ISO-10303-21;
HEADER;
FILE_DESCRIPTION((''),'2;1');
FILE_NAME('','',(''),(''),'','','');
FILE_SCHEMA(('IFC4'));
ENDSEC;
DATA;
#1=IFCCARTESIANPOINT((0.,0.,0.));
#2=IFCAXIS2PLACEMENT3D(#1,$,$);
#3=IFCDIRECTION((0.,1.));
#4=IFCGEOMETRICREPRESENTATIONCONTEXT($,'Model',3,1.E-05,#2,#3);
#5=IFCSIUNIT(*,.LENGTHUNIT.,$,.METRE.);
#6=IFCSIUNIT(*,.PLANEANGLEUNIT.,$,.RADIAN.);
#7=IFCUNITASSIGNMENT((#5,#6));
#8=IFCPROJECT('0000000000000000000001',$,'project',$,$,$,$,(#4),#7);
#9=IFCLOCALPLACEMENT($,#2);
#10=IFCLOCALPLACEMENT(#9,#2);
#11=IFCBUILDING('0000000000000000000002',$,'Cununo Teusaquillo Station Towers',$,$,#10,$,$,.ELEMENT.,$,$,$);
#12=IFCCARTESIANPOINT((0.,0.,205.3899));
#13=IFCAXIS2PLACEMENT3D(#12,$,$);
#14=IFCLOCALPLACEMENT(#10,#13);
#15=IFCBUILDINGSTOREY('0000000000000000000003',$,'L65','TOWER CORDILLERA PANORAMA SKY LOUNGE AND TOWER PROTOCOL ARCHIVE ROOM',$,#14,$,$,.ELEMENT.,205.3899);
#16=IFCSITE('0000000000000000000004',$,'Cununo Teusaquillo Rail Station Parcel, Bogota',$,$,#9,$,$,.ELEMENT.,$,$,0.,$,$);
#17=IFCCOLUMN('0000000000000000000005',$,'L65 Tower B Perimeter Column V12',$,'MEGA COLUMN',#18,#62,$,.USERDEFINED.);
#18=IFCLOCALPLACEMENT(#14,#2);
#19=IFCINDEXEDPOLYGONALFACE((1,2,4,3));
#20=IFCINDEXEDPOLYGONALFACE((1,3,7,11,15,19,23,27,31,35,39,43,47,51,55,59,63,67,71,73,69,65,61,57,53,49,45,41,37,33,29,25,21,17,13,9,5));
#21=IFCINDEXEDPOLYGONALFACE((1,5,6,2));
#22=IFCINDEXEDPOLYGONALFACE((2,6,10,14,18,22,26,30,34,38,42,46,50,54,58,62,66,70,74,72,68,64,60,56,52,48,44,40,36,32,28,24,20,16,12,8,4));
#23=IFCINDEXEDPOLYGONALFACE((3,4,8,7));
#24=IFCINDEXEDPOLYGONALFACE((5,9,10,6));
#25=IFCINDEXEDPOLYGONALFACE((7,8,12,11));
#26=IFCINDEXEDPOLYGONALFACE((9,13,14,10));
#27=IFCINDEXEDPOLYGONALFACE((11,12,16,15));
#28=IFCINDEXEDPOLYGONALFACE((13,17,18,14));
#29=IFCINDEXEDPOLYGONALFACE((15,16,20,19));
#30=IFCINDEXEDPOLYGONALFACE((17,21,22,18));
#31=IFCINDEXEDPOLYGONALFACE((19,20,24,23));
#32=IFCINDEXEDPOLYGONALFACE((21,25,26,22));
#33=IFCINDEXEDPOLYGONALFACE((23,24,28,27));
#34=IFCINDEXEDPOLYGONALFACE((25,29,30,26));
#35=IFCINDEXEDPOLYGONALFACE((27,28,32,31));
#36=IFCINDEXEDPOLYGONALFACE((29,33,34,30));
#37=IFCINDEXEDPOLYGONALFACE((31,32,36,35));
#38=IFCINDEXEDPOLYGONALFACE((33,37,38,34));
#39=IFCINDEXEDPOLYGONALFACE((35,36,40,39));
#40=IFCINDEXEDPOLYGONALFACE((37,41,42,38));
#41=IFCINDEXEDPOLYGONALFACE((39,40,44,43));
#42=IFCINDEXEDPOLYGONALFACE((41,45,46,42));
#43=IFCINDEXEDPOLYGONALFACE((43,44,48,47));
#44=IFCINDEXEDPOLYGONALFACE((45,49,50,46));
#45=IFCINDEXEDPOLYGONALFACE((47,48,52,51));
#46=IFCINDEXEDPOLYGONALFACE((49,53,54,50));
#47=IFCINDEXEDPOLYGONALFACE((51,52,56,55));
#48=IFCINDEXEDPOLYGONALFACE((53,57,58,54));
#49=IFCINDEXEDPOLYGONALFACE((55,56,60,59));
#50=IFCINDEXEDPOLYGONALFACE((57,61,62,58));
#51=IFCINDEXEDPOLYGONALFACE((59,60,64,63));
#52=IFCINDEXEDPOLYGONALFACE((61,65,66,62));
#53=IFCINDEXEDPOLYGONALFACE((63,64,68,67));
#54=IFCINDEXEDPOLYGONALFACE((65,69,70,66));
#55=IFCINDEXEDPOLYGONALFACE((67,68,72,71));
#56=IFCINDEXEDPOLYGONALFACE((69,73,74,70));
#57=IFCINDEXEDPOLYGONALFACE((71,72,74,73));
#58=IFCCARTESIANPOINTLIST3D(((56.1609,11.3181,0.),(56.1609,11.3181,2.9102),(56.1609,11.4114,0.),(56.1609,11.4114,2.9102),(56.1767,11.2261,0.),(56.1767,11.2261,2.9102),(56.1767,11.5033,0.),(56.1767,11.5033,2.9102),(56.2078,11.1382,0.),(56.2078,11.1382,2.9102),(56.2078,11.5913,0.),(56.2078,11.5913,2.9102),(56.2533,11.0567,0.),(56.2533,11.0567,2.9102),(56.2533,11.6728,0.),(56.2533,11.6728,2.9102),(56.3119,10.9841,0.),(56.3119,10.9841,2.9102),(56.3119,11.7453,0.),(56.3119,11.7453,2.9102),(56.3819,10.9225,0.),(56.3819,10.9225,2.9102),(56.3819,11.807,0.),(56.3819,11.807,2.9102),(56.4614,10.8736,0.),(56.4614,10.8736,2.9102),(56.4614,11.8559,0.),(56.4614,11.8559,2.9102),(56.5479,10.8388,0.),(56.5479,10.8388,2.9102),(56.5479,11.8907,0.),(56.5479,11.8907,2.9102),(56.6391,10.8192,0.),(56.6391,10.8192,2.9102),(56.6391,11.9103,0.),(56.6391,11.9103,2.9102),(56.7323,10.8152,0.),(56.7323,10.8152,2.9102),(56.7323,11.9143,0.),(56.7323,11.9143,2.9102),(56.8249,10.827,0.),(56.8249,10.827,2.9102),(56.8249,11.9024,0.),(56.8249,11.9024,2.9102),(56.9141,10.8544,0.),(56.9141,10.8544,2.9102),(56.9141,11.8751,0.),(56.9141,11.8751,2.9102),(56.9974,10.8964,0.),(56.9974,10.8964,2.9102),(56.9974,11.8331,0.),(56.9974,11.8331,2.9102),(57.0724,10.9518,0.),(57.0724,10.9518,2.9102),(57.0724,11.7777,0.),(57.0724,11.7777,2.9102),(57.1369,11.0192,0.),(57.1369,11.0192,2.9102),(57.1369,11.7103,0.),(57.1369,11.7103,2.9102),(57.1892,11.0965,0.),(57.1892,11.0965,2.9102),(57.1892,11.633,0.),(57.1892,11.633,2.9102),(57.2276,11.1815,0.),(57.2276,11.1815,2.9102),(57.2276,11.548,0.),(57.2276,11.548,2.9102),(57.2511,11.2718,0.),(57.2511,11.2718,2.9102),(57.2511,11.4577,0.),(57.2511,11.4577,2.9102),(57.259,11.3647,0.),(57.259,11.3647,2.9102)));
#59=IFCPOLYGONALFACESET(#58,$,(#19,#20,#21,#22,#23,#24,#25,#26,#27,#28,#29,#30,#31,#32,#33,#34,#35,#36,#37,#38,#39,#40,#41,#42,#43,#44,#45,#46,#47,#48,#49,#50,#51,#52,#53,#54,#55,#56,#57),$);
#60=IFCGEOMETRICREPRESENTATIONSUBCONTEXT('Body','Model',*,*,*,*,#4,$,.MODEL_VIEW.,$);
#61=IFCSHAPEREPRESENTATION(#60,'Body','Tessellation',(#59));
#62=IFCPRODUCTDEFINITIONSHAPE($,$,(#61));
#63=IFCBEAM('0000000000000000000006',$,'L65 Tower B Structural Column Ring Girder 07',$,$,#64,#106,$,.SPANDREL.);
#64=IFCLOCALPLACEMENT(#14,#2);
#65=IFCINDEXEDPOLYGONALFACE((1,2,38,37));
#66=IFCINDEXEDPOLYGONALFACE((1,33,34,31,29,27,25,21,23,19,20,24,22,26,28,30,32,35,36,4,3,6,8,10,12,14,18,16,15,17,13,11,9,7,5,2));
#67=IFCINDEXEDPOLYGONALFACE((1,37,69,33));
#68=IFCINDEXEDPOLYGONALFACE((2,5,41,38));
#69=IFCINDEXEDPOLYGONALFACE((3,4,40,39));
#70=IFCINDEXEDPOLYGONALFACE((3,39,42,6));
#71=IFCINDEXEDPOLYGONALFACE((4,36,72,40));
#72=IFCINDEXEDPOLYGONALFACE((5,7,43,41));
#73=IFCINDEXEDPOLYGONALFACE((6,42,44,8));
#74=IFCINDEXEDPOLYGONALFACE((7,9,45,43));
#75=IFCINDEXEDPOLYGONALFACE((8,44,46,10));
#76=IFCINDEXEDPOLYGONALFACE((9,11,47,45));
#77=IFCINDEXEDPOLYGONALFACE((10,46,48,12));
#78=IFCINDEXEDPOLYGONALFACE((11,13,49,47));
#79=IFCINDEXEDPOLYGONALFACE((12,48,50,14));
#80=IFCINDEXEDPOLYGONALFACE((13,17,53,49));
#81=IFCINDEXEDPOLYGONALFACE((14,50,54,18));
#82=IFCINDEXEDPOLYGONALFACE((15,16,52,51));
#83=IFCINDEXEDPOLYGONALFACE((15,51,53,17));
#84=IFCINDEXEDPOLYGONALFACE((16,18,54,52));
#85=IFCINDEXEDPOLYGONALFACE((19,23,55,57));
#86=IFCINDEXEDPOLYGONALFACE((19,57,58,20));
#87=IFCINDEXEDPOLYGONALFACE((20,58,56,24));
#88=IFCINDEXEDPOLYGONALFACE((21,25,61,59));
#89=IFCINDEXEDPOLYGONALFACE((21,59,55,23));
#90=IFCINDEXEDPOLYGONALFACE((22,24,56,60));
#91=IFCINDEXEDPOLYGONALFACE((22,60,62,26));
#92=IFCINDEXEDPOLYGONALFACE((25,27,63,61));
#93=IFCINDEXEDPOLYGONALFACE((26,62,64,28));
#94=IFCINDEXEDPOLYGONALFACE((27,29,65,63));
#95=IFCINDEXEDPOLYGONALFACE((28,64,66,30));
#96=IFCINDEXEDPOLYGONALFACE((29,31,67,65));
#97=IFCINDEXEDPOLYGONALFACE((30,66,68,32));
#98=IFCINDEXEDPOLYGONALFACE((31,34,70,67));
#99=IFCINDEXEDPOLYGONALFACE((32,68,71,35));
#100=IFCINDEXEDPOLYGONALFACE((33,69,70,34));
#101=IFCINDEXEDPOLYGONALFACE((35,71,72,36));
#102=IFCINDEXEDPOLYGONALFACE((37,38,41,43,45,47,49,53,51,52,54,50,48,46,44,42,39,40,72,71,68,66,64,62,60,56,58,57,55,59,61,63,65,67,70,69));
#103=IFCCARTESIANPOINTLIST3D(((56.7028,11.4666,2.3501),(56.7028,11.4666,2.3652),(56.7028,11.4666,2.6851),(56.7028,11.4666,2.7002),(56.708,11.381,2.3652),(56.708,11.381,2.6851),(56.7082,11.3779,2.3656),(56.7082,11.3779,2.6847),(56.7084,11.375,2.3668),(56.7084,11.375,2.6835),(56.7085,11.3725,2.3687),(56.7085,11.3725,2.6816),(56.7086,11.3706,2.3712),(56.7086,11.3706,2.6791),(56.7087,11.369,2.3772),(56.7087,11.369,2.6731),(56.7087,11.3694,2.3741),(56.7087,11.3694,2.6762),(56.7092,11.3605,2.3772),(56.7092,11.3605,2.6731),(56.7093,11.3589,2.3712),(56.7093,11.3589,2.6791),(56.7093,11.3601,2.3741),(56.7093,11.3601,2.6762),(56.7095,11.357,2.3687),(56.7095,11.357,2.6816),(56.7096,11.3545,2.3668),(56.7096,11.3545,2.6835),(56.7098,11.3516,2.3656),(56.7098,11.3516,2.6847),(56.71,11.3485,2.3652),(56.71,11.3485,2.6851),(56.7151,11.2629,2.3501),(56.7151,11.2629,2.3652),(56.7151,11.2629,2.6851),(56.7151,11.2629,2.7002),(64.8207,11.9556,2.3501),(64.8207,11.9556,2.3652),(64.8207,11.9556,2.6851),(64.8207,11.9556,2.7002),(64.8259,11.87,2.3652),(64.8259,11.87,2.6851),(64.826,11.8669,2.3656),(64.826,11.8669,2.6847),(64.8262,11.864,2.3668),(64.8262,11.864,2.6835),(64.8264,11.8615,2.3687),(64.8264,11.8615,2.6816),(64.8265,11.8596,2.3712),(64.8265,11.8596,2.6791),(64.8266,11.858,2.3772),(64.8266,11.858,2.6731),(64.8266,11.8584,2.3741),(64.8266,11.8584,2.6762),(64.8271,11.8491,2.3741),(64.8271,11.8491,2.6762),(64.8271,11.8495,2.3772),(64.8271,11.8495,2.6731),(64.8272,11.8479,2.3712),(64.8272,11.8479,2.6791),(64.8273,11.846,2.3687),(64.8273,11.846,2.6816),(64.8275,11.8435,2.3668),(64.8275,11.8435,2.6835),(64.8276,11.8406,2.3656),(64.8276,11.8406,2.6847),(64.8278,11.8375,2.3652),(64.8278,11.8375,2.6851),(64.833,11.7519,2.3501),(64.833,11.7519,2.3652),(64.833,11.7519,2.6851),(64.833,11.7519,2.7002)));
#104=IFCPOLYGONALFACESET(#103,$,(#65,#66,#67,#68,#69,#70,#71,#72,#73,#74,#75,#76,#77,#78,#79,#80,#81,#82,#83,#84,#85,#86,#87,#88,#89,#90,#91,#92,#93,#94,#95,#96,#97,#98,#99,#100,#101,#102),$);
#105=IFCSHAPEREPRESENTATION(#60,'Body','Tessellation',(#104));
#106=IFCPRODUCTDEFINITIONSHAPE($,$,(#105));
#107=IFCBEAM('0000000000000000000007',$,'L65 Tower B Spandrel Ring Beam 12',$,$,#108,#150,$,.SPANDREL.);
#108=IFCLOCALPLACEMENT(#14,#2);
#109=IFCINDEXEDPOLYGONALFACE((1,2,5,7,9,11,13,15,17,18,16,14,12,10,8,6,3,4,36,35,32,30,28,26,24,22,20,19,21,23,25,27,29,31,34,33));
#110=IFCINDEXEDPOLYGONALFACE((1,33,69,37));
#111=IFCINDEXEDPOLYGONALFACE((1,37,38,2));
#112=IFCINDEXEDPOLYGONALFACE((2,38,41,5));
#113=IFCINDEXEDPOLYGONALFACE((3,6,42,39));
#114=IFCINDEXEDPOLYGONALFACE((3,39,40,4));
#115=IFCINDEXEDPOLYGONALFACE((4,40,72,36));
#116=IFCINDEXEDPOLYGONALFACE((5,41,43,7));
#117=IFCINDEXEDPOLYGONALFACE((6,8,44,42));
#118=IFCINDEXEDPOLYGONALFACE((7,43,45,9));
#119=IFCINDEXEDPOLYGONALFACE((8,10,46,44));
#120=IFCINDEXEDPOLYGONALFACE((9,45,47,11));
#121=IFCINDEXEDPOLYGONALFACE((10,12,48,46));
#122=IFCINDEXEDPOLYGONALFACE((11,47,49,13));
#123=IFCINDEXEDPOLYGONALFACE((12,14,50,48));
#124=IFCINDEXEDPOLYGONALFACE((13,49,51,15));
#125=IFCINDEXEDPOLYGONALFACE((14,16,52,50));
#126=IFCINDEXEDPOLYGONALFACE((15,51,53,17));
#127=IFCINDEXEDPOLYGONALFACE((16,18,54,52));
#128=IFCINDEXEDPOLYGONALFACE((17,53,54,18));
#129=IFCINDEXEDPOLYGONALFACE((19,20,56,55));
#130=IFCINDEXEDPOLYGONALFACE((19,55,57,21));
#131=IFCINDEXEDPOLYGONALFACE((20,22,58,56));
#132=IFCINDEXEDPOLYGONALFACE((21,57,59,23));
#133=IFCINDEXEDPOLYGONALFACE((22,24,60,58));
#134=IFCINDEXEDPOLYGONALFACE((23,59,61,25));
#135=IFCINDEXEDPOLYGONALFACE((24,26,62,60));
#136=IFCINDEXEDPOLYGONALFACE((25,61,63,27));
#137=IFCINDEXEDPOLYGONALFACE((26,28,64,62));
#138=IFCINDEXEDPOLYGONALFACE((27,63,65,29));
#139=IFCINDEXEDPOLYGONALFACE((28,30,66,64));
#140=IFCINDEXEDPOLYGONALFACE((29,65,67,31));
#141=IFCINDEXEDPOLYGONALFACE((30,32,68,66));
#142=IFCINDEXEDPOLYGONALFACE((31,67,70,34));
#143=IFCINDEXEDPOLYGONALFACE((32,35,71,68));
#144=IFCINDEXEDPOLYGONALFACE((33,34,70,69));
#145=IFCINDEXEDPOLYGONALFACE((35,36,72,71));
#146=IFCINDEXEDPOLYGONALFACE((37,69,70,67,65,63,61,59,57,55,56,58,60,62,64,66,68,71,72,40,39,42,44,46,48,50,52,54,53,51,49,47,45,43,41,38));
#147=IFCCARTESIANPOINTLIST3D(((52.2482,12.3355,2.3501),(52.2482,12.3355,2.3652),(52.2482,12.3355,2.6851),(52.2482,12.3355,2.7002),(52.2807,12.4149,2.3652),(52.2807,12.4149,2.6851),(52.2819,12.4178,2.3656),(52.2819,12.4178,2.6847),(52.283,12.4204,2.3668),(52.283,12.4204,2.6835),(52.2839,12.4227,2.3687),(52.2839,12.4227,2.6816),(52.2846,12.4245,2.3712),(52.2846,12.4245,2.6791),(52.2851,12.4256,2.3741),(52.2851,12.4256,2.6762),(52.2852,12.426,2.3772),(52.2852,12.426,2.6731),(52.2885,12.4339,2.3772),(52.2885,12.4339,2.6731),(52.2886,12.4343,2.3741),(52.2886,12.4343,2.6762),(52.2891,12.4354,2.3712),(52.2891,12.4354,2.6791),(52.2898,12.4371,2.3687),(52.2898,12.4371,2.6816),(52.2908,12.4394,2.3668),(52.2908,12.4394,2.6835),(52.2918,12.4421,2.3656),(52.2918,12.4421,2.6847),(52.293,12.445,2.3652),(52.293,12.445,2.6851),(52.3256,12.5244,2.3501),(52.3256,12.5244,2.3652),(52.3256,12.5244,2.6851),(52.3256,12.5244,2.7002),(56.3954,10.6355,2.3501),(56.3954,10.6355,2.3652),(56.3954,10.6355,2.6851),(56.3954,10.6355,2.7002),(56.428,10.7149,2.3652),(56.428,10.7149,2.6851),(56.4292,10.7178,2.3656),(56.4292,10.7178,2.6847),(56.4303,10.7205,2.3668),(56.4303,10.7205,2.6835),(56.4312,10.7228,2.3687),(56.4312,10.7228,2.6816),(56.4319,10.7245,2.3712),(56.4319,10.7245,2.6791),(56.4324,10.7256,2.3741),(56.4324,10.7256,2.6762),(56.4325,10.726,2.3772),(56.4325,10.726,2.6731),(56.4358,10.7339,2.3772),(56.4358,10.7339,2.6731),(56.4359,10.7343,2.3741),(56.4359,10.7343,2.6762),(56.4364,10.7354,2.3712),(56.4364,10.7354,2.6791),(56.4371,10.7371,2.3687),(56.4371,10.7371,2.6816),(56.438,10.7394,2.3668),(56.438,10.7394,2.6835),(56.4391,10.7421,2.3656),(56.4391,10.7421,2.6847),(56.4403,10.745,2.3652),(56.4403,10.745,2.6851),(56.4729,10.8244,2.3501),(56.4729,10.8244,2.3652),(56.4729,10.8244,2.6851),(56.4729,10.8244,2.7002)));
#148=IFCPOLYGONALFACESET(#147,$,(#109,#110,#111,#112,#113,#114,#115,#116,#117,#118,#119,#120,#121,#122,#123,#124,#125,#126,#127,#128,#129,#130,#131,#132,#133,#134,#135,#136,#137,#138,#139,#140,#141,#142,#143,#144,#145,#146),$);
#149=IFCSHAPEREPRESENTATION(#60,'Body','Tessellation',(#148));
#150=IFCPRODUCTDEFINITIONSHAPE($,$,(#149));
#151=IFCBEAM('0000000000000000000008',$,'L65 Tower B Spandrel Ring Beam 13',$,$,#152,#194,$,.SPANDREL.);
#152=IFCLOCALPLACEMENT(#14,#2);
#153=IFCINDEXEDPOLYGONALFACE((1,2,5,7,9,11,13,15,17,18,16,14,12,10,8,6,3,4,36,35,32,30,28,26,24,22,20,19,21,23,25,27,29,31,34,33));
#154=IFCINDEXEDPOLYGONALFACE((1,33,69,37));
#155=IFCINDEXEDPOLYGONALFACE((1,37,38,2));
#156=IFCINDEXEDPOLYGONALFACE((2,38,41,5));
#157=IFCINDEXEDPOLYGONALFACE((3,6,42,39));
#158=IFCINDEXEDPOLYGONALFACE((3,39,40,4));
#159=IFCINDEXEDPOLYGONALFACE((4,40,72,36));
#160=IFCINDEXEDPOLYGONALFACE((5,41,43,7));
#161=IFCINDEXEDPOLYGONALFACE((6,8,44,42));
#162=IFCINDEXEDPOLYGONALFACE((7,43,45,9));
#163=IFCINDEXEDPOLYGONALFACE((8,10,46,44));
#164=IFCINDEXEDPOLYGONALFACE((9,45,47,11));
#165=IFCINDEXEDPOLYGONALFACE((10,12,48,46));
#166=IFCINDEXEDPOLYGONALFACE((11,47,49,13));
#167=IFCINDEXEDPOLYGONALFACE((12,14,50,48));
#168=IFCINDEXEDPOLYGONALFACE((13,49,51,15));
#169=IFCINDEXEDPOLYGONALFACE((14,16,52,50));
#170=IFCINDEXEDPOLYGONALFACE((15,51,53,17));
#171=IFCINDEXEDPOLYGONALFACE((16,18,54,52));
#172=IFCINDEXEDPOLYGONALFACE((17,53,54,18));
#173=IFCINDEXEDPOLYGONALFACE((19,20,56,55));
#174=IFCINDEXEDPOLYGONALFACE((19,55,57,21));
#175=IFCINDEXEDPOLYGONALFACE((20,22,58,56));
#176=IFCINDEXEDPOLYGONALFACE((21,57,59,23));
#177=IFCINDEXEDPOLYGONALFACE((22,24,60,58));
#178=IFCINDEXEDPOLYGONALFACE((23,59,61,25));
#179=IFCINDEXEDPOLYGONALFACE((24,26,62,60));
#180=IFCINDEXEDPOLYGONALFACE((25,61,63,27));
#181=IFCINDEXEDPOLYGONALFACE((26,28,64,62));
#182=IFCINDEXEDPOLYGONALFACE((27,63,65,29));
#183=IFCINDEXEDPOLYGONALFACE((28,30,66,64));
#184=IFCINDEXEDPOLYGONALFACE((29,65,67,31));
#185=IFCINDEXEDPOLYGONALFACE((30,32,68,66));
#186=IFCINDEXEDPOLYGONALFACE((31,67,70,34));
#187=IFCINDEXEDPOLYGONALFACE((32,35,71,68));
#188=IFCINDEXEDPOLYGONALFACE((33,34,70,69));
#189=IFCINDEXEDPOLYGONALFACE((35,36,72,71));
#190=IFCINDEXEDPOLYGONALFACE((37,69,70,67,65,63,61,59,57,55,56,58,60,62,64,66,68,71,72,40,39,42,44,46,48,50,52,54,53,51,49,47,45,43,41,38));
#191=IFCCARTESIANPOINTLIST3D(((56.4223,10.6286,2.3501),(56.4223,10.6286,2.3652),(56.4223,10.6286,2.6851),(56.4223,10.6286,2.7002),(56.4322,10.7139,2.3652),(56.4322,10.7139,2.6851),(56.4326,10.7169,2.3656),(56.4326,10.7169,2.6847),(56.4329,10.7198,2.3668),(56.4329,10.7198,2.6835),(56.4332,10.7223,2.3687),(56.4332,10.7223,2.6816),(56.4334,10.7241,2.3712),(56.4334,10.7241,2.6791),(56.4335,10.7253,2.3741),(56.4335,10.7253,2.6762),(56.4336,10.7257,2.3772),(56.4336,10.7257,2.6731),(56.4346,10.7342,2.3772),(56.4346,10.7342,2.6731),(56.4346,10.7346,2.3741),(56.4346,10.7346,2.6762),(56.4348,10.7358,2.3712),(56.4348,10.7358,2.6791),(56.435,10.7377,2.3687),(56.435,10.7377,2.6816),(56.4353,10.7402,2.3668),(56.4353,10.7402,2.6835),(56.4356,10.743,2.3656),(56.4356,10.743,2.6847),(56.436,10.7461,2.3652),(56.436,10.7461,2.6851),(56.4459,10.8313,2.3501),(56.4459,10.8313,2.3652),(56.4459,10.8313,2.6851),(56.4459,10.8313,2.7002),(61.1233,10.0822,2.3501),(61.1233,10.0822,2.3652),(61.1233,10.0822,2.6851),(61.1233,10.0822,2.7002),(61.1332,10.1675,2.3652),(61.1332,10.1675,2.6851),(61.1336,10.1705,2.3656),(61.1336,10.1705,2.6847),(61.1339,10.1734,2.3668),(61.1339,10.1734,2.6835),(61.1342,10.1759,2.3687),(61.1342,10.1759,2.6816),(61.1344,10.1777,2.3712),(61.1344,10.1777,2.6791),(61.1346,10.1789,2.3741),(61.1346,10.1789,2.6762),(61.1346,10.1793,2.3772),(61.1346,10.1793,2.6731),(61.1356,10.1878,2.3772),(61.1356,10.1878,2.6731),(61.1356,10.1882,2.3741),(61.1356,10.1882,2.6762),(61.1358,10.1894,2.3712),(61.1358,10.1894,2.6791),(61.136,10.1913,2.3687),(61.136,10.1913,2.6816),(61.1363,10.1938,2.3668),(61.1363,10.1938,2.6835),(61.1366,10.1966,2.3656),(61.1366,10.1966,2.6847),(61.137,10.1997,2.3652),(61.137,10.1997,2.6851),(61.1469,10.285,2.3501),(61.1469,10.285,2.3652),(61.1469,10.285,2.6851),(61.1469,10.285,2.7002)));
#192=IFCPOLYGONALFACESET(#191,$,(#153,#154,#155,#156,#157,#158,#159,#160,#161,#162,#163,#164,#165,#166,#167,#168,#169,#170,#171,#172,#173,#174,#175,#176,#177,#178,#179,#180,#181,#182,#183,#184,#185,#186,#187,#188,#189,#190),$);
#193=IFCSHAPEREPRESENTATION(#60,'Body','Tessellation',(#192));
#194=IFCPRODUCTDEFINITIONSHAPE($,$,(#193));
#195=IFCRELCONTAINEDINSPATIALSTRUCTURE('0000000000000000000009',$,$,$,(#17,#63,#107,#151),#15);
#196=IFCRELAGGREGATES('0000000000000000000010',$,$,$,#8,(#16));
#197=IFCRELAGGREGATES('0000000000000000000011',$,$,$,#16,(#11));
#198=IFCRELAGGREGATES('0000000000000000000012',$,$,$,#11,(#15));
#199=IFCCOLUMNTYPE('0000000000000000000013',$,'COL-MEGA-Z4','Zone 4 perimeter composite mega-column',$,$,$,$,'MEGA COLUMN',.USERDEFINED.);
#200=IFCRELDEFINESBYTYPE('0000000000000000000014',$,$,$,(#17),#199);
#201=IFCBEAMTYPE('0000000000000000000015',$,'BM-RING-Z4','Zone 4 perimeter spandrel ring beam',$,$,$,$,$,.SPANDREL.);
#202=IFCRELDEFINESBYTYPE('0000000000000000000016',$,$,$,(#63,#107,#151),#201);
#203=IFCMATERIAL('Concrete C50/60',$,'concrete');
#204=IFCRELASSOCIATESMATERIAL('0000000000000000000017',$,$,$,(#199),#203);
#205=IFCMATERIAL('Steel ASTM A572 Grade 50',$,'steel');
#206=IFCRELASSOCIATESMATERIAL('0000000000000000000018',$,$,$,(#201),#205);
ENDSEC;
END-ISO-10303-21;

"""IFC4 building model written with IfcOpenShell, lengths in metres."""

from ifc_helpers import new_model, si_unit, direction, frame, origin, origin_2d, place, context, subcontext, project, spatial, circle, i_section, extrude, material, material_profile, profile_set, type_object, element, save


model = new_model("IFC4")

# Units and contexts
model_context = context("Model", 3, precision=1e-05, world=origin(), true_north=direction((0.0, 1.0)))
body_context = subcontext(model_context, "Body", "Model", "MODEL_VIEW")
ifc_project = project(units=[si_unit("LENGTHUNIT", "METRE"), si_unit("PLANEANGLEUNIT", "RADIAN")], contexts=[model_context])

# Site, building, storey
site_placement = place(None, origin())
site = spatial("IfcSite", under=ifc_project, at=site_placement, Name="Cununo Teusaquillo Rail Station Parcel, Bogota", CompositionType="ELEMENT", RefElevation=0.0)
building_placement = place(site_placement, origin())
building = spatial("IfcBuilding", under=site, at=building_placement, Name="Cununo Teusaquillo Station Towers", CompositionType="ELEMENT")
storey_placement = place(building_placement, frame((0.0, 0.0, 205.3899)))
storey = spatial("IfcBuildingStorey", under=building, at=storey_placement, Name="L65", Description="TOWER CORDILLERA PANORAMA SKY LOUNGE AND TOWER PROTOCOL ARCHIVE ROOM", CompositionType="ELEMENT", Elevation=205.3899)

# Column
ifc_material_1 = material(Name="Concrete C50/60", Category="concrete")
ifc_material_profile_1 = material_profile(ifc_material_1, circle(Radius=0.55, at=origin_2d()), Name="RC-CIRC-1100")
ifc_profile_set_1 = profile_set([ifc_material_profile_1], Name="Concrete C50/60")
column_type = type_object("IfcColumnType", Name="COL-MEGA-Z4", Description="Zone 4 perimeter composite mega-column", ElementType="MEGA COLUMN", PredefinedType="USERDEFINED", material=ifc_profile_set_1)
column_placement = place(storey_placement, frame((56.709, 11.3647, 0.0), z_axis=(0.0, 0.0, 1.0), x_axis=(1.0, 0.0, 0.0)))
element("IfcColumn", 1, at=column_placement, inside=storey, type_object=column_type, Name="L65 Tower B Perimeter Column V12", ObjectType="MEGA COLUMN", PredefinedType="USERDEFINED", context=body_context, shape_type="SweptSolid", body=[
    extrude(circle(Radius=0.55, at=origin_2d()), origin(), (0.0, 0.0, 1.0), 2.9102),
])

# Beams
ifc_material_2 = material(Name="Steel ASTM A572 Grade 50", Category="steel")
ifc_material_profile_2 = material_profile(ifc_material_2, i_section(OverallWidth=0.2041, OverallDepth=0.3501, WebThickness=0.0085, FlangeThickness=0.0151, FilletRadius=0.012, at=origin_2d()), Name="W14X48")
ifc_profile_set_2 = profile_set([ifc_material_profile_2], Name="Steel ASTM A572 Grade 50")
beam_type = type_object("IfcBeamType", Name="BM-RING-Z4", Description="Zone 4 perimeter spandrel ring beam", PredefinedType="SPANDREL", material=ifc_profile_set_2)
beam_1_placement = place(storey_placement, frame((56.709, 11.3647, 2.5251), z_axis=(0.998191, 0.06013, 0.0), x_axis=(-0.06013, 0.998191, 0.0)))
element("IfcBeam", 2, at=beam_1_placement, inside=storey, type_object=beam_type, Name="L65 Tower B Structural Column Ring Girder 07", PredefinedType="SPANDREL", context=body_context, shape_type="SweptSolid", body=[
    extrude(i_section(OverallWidth=0.2041, OverallDepth=0.3501, WebThickness=0.0085, FlangeThickness=0.0151, FilletRadius=0.012, at=origin_2d()), origin(), (0.0, 0.0, 1.0), 8.1326),
])
beam_2_placement = place(storey_placement, frame((52.2869, 12.4299, 2.5251), z_axis=(0.925284, -0.379275, 0.0), x_axis=(0.379275, 0.925284, 0.0)))
element("IfcBeam", 3, at=beam_2_placement, inside=storey, type_object=beam_type, Name="L65 Tower B Spandrel Ring Beam 12", PredefinedType="SPANDREL", context=body_context, shape_type="SweptSolid", body=[
    extrude(i_section(OverallWidth=0.2041, OverallDepth=0.3501, WebThickness=0.0085, FlangeThickness=0.0151, FilletRadius=0.012, at=origin_2d()), origin(), (0.0, 0.0, 1.0), 4.4822),
])
beam_3_placement = place(storey_placement, frame((56.4341, 10.73, 2.5251), z_axis=(0.993313, -0.115452, 0.0), x_axis=(0.115452, 0.993313, 0.0)))
element("IfcBeam", 4, at=beam_3_placement, inside=storey, type_object=beam_type, Name="L65 Tower B Spandrel Ring Beam 13", PredefinedType="SPANDREL", context=body_context, shape_type="SweptSolid", body=[
    extrude(i_section(OverallWidth=0.2041, OverallDepth=0.3501, WebThickness=0.0085, FlangeThickness=0.0151, FilletRadius=0.012, at=origin_2d()), origin(), (0.0, 0.0, 1.0), 4.7327),
])

save(model, "model.ifc")
